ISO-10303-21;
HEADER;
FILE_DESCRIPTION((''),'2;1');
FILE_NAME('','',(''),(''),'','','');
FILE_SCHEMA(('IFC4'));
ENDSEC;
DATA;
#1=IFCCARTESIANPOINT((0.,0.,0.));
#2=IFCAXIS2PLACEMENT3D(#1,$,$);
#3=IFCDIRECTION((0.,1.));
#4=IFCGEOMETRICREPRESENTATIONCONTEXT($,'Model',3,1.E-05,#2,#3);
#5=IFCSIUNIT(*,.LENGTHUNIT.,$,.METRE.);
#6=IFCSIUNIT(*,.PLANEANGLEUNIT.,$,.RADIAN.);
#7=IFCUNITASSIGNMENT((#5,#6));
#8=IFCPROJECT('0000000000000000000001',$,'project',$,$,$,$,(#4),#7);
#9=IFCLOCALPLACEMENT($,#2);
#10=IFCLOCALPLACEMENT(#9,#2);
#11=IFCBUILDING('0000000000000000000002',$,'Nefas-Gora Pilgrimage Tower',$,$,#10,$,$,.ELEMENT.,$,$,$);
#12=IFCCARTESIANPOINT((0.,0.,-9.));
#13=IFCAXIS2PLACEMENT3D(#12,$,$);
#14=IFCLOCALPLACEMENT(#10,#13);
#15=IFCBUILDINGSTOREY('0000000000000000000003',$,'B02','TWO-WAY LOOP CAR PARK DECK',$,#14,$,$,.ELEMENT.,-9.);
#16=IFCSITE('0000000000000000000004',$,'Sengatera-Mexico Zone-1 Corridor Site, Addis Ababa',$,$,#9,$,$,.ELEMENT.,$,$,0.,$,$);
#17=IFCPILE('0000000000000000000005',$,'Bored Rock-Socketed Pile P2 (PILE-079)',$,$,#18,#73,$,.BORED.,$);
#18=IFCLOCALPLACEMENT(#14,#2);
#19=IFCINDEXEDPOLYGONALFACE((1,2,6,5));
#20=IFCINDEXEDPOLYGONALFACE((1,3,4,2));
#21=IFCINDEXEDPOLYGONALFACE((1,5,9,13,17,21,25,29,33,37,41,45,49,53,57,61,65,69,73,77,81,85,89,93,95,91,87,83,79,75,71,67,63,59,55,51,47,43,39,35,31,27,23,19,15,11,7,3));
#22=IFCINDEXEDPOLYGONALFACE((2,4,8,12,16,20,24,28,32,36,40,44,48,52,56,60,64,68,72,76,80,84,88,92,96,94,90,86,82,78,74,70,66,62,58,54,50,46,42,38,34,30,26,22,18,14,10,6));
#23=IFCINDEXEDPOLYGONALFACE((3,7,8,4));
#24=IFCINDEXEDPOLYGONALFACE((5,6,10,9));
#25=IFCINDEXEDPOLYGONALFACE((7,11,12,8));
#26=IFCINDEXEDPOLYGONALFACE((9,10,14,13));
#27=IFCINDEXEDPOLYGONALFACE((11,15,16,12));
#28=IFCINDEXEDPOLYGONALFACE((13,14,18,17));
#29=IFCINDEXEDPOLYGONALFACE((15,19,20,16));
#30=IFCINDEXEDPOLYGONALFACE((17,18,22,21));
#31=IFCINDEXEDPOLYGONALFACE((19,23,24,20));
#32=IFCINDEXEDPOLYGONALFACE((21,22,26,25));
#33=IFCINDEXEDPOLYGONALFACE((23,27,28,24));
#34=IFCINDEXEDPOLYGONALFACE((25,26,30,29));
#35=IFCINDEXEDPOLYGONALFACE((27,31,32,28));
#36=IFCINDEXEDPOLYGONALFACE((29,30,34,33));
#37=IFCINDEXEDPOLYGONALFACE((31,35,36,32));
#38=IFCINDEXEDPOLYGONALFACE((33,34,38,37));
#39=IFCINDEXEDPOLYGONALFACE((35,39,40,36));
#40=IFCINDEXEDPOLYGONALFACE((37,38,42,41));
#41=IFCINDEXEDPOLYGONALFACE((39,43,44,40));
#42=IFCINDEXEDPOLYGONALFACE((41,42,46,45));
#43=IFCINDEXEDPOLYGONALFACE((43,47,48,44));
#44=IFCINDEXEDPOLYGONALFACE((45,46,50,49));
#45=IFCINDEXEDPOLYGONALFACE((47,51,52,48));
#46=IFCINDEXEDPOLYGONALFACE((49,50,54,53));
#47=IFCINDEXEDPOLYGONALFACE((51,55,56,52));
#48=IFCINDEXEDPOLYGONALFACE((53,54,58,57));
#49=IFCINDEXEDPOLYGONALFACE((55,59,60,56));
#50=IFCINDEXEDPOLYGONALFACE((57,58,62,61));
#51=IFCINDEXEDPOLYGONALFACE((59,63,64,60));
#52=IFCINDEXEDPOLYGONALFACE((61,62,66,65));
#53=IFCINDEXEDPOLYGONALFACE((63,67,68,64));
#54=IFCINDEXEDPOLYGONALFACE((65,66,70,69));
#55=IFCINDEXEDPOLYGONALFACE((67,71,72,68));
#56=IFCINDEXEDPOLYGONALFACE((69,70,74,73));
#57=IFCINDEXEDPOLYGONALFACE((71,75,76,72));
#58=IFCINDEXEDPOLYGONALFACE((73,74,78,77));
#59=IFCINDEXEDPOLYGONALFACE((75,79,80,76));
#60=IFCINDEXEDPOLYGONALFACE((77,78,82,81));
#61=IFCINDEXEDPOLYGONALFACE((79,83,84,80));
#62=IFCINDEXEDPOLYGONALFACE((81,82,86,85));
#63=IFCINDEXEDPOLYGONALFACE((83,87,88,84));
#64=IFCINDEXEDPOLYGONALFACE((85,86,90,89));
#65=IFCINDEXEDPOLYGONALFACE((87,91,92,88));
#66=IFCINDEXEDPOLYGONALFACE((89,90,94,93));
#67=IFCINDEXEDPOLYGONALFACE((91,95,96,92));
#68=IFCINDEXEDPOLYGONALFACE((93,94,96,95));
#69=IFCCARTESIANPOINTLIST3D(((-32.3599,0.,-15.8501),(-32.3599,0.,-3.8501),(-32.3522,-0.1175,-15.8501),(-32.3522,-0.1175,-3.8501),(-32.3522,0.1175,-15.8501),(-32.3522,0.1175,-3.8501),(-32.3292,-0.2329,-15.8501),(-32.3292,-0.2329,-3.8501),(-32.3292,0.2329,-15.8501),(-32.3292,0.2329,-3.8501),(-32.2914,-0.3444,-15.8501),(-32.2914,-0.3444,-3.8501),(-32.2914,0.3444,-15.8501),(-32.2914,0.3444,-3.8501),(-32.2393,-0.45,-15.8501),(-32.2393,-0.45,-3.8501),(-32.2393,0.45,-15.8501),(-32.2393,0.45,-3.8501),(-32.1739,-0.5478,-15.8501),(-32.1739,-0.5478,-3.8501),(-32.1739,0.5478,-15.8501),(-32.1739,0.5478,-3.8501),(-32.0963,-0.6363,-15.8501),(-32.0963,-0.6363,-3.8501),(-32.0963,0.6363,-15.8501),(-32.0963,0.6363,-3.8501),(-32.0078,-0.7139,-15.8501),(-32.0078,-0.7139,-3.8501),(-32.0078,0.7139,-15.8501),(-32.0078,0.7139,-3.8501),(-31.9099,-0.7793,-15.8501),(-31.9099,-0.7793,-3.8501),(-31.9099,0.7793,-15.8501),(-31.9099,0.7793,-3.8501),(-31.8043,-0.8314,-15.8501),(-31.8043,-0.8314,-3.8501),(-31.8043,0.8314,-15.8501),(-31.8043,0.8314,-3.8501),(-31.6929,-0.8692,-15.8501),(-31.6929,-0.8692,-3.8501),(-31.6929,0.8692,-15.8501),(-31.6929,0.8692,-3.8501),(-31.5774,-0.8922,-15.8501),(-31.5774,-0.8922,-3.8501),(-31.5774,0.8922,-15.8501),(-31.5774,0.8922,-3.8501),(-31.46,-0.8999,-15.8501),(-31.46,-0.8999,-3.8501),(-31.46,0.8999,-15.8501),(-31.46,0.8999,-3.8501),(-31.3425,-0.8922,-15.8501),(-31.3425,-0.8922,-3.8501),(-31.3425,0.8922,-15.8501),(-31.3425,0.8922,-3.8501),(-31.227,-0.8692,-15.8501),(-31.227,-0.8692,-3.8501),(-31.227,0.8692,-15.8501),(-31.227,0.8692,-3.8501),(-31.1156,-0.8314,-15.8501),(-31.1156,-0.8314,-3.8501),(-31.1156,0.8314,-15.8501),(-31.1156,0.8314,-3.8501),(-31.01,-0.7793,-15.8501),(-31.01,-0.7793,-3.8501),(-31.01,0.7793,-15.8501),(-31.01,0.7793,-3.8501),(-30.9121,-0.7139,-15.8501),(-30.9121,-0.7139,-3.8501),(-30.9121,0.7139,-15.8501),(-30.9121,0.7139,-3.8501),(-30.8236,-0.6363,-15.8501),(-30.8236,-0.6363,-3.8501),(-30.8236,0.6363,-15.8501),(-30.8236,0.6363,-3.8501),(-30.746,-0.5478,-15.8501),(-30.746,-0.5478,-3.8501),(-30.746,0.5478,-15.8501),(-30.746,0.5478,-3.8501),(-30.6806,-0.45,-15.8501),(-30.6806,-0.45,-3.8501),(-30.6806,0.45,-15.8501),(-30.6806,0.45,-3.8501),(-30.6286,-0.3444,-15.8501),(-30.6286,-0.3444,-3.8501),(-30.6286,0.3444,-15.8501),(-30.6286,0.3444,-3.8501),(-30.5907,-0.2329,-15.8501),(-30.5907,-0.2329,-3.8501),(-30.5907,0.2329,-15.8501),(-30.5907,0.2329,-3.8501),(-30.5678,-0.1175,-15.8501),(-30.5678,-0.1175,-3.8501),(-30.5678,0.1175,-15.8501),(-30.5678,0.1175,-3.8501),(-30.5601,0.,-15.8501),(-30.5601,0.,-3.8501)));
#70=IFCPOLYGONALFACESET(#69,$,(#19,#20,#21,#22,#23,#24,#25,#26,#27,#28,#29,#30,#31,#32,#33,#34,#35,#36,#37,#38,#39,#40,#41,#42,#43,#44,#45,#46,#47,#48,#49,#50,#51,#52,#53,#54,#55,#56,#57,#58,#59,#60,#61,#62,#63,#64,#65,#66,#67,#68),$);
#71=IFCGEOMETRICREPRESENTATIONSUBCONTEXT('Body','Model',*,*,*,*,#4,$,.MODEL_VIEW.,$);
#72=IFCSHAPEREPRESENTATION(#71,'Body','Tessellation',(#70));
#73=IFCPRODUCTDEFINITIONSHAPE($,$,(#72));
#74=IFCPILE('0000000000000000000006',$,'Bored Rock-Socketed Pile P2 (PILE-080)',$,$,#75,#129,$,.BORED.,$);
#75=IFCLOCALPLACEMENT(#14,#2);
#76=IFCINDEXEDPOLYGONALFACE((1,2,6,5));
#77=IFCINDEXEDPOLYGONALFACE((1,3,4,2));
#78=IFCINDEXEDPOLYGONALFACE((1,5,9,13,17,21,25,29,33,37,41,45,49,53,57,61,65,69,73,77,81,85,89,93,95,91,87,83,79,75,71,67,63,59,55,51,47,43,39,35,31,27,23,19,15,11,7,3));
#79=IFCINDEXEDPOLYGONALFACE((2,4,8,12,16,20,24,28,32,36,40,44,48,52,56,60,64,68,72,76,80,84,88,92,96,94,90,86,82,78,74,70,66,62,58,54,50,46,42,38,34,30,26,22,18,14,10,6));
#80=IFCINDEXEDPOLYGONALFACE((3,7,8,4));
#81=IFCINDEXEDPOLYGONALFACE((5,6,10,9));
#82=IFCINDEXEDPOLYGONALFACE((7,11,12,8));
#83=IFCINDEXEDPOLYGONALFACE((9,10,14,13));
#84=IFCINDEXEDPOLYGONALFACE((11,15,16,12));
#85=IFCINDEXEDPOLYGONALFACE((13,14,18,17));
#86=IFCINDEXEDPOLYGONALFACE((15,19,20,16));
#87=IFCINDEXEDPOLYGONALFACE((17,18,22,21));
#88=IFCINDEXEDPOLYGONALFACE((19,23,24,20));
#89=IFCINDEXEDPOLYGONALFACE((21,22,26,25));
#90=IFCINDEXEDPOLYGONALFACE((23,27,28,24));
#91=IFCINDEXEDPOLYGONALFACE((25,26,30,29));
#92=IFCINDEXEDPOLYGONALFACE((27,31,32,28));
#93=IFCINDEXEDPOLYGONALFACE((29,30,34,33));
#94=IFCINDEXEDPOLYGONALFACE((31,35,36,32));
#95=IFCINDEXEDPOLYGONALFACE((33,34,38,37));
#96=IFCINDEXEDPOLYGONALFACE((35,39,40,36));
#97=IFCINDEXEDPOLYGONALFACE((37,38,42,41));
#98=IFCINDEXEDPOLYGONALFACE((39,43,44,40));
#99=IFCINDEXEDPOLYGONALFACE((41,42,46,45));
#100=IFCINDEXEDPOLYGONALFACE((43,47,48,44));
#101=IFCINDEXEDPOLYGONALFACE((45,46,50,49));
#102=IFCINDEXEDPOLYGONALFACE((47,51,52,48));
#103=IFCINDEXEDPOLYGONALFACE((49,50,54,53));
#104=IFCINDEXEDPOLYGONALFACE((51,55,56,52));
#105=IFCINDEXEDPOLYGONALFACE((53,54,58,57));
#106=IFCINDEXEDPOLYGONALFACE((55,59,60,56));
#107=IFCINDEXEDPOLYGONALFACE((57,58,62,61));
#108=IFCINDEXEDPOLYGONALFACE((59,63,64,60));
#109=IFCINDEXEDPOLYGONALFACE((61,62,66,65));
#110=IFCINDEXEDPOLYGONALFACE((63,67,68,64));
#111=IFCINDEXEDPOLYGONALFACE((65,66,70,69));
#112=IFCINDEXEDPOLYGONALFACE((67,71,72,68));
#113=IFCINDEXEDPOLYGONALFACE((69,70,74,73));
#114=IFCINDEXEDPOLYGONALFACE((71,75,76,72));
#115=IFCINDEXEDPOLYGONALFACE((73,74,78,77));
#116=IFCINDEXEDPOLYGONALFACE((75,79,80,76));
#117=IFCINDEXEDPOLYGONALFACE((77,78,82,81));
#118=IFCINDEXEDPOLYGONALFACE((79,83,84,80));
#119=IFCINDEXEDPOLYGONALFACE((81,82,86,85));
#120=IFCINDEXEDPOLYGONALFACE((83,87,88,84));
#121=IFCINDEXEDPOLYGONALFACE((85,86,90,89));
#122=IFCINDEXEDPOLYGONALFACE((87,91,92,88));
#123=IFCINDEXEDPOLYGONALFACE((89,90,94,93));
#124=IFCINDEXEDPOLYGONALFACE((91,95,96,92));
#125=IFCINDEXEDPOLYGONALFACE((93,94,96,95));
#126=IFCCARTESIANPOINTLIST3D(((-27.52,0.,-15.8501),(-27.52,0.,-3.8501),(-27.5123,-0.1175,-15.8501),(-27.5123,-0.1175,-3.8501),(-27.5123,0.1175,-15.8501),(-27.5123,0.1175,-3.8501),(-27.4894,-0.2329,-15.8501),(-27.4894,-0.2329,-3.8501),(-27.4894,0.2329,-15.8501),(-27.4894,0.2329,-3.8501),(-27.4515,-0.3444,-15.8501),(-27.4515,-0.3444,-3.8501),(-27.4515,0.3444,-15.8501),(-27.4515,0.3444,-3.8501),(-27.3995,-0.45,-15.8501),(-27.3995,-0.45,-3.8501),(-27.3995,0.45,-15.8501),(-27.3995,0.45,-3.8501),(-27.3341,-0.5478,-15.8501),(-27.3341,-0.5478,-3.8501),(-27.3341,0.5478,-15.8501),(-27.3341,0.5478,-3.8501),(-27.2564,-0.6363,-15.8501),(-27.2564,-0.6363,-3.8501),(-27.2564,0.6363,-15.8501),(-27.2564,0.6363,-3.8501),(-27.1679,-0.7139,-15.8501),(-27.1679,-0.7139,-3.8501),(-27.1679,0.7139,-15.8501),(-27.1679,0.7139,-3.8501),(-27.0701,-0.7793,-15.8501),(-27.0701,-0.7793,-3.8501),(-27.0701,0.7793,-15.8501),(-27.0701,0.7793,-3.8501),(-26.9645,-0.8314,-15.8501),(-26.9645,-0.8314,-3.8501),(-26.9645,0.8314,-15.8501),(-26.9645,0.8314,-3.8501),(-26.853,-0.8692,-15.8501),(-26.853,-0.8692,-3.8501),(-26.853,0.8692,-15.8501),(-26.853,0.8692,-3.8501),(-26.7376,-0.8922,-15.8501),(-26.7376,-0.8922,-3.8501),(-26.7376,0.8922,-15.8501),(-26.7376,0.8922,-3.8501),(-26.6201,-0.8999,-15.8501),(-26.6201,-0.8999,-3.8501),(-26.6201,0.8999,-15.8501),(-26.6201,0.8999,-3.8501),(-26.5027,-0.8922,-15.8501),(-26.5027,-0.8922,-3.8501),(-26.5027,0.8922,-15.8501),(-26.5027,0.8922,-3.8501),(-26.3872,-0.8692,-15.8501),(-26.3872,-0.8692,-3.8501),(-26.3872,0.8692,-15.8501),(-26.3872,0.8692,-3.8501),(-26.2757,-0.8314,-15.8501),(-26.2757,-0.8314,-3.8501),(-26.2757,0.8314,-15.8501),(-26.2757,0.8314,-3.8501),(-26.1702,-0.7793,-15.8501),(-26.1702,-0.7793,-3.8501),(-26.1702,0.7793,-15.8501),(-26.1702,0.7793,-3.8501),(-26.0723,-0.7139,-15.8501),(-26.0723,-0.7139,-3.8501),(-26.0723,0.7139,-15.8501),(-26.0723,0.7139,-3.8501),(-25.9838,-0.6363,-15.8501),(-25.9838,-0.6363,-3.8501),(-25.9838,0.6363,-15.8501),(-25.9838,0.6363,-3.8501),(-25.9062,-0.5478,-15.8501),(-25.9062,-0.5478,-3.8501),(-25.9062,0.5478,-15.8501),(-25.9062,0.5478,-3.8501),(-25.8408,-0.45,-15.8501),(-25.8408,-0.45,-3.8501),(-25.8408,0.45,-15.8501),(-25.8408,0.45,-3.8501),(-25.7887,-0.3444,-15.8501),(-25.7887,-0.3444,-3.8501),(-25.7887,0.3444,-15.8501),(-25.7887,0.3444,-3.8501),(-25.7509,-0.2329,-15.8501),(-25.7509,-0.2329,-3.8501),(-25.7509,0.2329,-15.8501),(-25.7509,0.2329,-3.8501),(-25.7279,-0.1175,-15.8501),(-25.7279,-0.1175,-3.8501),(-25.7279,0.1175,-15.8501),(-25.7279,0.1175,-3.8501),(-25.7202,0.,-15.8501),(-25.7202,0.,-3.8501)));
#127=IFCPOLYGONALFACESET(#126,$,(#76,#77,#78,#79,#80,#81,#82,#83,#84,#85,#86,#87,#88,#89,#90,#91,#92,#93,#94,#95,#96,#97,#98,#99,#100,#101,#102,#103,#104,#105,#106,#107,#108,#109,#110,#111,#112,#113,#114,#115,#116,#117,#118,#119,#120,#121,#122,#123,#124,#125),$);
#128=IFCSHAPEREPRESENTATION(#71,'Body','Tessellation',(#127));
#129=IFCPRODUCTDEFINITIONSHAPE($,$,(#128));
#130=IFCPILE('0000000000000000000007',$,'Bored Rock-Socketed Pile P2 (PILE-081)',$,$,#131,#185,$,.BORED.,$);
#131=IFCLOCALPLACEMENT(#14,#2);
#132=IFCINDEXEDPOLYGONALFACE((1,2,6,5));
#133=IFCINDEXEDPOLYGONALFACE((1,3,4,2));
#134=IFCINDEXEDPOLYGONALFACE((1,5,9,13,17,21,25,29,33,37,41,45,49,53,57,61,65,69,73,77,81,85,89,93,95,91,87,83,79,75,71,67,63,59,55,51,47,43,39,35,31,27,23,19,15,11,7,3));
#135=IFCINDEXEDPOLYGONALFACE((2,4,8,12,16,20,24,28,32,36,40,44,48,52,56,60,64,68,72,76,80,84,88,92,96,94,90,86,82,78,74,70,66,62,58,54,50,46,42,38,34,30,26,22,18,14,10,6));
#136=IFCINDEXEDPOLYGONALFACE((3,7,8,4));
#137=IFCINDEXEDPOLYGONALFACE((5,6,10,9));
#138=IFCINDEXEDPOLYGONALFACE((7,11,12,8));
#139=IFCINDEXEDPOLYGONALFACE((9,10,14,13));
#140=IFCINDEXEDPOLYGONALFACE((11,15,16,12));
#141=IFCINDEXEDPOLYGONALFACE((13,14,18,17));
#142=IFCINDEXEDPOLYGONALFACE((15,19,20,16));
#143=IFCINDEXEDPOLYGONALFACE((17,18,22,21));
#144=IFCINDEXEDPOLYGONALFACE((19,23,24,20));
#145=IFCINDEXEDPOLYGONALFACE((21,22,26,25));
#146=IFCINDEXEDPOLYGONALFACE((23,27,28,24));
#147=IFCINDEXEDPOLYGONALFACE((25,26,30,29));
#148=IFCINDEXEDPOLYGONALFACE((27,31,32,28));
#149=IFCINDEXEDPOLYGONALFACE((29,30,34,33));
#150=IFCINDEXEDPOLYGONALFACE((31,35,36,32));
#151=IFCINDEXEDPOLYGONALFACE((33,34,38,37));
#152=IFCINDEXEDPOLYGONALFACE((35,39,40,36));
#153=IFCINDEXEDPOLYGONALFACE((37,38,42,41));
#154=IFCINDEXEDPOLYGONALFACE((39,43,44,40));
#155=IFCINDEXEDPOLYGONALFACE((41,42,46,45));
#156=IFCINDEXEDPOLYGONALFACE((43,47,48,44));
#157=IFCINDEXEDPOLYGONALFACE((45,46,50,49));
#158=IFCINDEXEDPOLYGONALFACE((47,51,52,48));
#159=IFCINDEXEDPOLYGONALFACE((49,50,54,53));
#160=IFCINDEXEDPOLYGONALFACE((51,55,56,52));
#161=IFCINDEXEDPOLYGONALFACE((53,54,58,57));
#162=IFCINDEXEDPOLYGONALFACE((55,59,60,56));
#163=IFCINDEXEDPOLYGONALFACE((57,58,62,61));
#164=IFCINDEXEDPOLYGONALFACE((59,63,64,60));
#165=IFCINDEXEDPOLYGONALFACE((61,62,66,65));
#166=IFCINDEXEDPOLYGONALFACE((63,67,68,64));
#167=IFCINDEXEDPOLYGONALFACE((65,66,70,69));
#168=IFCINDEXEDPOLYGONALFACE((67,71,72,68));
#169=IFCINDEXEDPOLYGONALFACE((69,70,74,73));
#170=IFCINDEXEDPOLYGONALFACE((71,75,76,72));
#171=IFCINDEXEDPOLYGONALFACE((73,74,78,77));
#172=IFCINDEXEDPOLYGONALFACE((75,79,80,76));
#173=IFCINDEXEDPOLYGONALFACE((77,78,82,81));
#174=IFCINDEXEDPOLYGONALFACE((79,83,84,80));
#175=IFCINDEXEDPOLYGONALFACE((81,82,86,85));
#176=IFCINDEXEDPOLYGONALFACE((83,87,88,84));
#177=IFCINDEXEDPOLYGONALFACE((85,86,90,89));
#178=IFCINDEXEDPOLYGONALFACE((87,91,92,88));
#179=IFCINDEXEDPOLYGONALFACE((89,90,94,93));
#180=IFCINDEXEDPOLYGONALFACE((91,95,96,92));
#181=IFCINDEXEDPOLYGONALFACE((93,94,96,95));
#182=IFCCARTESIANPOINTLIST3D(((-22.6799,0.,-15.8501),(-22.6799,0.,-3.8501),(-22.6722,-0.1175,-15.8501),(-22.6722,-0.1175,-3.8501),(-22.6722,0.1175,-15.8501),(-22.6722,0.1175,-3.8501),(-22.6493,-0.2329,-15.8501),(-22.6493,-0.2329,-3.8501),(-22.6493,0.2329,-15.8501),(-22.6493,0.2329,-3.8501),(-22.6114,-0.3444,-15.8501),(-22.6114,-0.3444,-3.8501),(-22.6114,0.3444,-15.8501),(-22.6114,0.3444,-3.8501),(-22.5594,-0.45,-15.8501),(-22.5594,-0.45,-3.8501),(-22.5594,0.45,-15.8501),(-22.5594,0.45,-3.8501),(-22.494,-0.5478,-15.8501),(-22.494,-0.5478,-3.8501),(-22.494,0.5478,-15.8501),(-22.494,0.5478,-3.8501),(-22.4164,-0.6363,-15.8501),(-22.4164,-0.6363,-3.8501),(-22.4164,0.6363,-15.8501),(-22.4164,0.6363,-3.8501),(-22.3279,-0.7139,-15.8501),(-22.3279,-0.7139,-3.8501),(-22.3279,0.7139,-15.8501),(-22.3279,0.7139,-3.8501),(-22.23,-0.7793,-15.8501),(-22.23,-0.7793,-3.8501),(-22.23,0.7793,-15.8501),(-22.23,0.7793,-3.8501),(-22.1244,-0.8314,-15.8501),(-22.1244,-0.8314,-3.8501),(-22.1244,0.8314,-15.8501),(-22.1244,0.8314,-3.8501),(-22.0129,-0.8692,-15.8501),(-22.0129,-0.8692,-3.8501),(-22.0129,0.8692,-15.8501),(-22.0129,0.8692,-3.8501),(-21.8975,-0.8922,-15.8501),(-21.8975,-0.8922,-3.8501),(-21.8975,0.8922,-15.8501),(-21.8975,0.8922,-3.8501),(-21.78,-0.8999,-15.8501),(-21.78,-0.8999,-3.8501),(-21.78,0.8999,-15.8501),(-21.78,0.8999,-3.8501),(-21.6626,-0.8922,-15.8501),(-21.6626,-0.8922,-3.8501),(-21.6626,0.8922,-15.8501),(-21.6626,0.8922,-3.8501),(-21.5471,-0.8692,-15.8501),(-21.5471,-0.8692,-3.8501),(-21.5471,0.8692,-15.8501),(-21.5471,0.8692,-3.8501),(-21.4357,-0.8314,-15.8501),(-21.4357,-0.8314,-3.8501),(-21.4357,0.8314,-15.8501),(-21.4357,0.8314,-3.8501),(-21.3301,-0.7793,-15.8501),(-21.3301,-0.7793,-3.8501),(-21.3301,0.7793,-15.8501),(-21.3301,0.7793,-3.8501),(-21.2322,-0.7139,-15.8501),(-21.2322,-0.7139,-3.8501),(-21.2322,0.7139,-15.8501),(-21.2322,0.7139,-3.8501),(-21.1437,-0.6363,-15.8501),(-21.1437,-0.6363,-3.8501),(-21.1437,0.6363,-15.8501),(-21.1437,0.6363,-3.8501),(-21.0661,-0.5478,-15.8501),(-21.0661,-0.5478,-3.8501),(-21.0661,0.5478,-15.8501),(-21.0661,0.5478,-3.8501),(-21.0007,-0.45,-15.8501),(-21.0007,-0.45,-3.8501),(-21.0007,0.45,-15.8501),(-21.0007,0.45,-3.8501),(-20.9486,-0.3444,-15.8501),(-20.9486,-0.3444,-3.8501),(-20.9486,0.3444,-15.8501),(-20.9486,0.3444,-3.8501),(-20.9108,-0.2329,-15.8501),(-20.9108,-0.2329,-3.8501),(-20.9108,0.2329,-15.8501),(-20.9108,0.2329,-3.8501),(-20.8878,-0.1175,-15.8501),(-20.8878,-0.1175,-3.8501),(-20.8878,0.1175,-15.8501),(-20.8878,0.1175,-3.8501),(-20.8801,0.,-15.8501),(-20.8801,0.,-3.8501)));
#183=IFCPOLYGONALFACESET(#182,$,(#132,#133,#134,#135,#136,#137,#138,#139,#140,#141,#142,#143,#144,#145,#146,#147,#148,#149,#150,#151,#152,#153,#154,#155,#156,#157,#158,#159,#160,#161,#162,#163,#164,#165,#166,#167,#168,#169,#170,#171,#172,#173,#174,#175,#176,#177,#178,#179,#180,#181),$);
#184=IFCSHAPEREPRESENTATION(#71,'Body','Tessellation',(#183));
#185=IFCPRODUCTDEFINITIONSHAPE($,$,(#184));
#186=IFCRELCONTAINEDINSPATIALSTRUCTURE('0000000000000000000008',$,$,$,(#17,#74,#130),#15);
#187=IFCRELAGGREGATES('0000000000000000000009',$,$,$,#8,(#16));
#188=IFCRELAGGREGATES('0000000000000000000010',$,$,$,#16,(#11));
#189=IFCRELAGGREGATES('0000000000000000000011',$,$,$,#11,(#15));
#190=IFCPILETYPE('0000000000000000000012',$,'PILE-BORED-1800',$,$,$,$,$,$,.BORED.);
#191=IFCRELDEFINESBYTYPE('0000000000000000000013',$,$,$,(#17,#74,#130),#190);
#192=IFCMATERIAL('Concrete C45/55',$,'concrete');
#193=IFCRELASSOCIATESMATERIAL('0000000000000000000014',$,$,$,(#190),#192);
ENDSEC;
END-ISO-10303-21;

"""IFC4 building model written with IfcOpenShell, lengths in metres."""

from ifc_helpers import new_model, si_unit, direction, frame, origin, origin_2d, place, context, subcontext, project, spatial, circle, extrude, source, transform, mapped, material, material_profile, profile_set, type_object, element, save


model = new_model("IFC4")

# Units and contexts
model_context = context("Model", 3, precision=1e-05, world=origin(), true_north=direction((0.0, 1.0)))
body_context = subcontext(model_context, "Body", "Model", "MODEL_VIEW")
ifc_project = project(units=[si_unit("LENGTHUNIT", "METRE"), si_unit("PLANEANGLEUNIT", "RADIAN")], contexts=[model_context])

# Site, building, storey
site_placement = place(None, origin())
site = spatial("IfcSite", under=ifc_project, at=site_placement, Name="Sengatera-Mexico Zone-1 Corridor Site, Addis Ababa", CompositionType="ELEMENT", RefElevation=0.0)
building_placement = place(site_placement, origin())
building = spatial("IfcBuilding", under=site, at=building_placement, Name="Nefas-Gora Pilgrimage Tower", CompositionType="ELEMENT")
storey_placement = place(building_placement, frame((0.0, 0.0, -9.0)))
storey = spatial("IfcBuildingStorey", under=building, at=storey_placement, Name="B02", Description="TWO-WAY LOOP CAR PARK DECK", CompositionType="ELEMENT", Elevation=-9.0)

# Piles
ifc_material_1 = material(Name="Concrete C45/55", Category="concrete")
ifc_material_profile_1 = material_profile(ifc_material_1, circle(Radius=0.8999, at=origin_2d()), Name="PILE D1800")
ifc_profile_set_1 = profile_set([ifc_material_profile_1], Name="Concrete C45/55")
pile_type_1 = type_object("IfcPileType", Name="PILE-BORED-1800", PredefinedType="BORED", material=ifc_profile_set_1)
shared_shape_1 = source(origin(), body_context, "Body", "SweptSolid", [
    extrude(circle(Radius=0.8999, at=origin_2d()), origin(), (0.0, 0.0, 1.0), 12.0),
])
for number, where, z_axis, x_axis, name in (
    (1, (-31.46, 0.0, -3.8501), (0.0, 0.0, -1.0), (1.0, 0.0, 0.0), "Bored Rock-Socketed Pile P2 (PILE-079)"),
    (2, (-26.6201, 0.0, -3.8501), (0.0, 0.0, -1.0), (1.0, 0.0, 0.0), "Bored Rock-Socketed Pile P2 (PILE-080)"),
    (3, (-21.78, 0.0, -3.8501), (0.0, 0.0, -1.0), (1.0, 0.0, 0.0), "Bored Rock-Socketed Pile P2 (PILE-081)"),
):
    element("IfcPile", number, at=place(storey_placement, frame(where, z_axis=z_axis, x_axis=x_axis)), inside=storey, type_object=pile_type_1, Name=name, PredefinedType="BORED", context=body_context, shape_type="MappedRepresentation", body=[
        mapped(shared_shape_1, transform((0.0, 0.0, 0.0), x_axis=(1.0, 0.0, 0.0), y_axis=(0.0, 1.0, 0.0), z_axis=(0.0, 0.0, 1.0), scale=1.0)),
    ])

save(model, "model.ifc")
